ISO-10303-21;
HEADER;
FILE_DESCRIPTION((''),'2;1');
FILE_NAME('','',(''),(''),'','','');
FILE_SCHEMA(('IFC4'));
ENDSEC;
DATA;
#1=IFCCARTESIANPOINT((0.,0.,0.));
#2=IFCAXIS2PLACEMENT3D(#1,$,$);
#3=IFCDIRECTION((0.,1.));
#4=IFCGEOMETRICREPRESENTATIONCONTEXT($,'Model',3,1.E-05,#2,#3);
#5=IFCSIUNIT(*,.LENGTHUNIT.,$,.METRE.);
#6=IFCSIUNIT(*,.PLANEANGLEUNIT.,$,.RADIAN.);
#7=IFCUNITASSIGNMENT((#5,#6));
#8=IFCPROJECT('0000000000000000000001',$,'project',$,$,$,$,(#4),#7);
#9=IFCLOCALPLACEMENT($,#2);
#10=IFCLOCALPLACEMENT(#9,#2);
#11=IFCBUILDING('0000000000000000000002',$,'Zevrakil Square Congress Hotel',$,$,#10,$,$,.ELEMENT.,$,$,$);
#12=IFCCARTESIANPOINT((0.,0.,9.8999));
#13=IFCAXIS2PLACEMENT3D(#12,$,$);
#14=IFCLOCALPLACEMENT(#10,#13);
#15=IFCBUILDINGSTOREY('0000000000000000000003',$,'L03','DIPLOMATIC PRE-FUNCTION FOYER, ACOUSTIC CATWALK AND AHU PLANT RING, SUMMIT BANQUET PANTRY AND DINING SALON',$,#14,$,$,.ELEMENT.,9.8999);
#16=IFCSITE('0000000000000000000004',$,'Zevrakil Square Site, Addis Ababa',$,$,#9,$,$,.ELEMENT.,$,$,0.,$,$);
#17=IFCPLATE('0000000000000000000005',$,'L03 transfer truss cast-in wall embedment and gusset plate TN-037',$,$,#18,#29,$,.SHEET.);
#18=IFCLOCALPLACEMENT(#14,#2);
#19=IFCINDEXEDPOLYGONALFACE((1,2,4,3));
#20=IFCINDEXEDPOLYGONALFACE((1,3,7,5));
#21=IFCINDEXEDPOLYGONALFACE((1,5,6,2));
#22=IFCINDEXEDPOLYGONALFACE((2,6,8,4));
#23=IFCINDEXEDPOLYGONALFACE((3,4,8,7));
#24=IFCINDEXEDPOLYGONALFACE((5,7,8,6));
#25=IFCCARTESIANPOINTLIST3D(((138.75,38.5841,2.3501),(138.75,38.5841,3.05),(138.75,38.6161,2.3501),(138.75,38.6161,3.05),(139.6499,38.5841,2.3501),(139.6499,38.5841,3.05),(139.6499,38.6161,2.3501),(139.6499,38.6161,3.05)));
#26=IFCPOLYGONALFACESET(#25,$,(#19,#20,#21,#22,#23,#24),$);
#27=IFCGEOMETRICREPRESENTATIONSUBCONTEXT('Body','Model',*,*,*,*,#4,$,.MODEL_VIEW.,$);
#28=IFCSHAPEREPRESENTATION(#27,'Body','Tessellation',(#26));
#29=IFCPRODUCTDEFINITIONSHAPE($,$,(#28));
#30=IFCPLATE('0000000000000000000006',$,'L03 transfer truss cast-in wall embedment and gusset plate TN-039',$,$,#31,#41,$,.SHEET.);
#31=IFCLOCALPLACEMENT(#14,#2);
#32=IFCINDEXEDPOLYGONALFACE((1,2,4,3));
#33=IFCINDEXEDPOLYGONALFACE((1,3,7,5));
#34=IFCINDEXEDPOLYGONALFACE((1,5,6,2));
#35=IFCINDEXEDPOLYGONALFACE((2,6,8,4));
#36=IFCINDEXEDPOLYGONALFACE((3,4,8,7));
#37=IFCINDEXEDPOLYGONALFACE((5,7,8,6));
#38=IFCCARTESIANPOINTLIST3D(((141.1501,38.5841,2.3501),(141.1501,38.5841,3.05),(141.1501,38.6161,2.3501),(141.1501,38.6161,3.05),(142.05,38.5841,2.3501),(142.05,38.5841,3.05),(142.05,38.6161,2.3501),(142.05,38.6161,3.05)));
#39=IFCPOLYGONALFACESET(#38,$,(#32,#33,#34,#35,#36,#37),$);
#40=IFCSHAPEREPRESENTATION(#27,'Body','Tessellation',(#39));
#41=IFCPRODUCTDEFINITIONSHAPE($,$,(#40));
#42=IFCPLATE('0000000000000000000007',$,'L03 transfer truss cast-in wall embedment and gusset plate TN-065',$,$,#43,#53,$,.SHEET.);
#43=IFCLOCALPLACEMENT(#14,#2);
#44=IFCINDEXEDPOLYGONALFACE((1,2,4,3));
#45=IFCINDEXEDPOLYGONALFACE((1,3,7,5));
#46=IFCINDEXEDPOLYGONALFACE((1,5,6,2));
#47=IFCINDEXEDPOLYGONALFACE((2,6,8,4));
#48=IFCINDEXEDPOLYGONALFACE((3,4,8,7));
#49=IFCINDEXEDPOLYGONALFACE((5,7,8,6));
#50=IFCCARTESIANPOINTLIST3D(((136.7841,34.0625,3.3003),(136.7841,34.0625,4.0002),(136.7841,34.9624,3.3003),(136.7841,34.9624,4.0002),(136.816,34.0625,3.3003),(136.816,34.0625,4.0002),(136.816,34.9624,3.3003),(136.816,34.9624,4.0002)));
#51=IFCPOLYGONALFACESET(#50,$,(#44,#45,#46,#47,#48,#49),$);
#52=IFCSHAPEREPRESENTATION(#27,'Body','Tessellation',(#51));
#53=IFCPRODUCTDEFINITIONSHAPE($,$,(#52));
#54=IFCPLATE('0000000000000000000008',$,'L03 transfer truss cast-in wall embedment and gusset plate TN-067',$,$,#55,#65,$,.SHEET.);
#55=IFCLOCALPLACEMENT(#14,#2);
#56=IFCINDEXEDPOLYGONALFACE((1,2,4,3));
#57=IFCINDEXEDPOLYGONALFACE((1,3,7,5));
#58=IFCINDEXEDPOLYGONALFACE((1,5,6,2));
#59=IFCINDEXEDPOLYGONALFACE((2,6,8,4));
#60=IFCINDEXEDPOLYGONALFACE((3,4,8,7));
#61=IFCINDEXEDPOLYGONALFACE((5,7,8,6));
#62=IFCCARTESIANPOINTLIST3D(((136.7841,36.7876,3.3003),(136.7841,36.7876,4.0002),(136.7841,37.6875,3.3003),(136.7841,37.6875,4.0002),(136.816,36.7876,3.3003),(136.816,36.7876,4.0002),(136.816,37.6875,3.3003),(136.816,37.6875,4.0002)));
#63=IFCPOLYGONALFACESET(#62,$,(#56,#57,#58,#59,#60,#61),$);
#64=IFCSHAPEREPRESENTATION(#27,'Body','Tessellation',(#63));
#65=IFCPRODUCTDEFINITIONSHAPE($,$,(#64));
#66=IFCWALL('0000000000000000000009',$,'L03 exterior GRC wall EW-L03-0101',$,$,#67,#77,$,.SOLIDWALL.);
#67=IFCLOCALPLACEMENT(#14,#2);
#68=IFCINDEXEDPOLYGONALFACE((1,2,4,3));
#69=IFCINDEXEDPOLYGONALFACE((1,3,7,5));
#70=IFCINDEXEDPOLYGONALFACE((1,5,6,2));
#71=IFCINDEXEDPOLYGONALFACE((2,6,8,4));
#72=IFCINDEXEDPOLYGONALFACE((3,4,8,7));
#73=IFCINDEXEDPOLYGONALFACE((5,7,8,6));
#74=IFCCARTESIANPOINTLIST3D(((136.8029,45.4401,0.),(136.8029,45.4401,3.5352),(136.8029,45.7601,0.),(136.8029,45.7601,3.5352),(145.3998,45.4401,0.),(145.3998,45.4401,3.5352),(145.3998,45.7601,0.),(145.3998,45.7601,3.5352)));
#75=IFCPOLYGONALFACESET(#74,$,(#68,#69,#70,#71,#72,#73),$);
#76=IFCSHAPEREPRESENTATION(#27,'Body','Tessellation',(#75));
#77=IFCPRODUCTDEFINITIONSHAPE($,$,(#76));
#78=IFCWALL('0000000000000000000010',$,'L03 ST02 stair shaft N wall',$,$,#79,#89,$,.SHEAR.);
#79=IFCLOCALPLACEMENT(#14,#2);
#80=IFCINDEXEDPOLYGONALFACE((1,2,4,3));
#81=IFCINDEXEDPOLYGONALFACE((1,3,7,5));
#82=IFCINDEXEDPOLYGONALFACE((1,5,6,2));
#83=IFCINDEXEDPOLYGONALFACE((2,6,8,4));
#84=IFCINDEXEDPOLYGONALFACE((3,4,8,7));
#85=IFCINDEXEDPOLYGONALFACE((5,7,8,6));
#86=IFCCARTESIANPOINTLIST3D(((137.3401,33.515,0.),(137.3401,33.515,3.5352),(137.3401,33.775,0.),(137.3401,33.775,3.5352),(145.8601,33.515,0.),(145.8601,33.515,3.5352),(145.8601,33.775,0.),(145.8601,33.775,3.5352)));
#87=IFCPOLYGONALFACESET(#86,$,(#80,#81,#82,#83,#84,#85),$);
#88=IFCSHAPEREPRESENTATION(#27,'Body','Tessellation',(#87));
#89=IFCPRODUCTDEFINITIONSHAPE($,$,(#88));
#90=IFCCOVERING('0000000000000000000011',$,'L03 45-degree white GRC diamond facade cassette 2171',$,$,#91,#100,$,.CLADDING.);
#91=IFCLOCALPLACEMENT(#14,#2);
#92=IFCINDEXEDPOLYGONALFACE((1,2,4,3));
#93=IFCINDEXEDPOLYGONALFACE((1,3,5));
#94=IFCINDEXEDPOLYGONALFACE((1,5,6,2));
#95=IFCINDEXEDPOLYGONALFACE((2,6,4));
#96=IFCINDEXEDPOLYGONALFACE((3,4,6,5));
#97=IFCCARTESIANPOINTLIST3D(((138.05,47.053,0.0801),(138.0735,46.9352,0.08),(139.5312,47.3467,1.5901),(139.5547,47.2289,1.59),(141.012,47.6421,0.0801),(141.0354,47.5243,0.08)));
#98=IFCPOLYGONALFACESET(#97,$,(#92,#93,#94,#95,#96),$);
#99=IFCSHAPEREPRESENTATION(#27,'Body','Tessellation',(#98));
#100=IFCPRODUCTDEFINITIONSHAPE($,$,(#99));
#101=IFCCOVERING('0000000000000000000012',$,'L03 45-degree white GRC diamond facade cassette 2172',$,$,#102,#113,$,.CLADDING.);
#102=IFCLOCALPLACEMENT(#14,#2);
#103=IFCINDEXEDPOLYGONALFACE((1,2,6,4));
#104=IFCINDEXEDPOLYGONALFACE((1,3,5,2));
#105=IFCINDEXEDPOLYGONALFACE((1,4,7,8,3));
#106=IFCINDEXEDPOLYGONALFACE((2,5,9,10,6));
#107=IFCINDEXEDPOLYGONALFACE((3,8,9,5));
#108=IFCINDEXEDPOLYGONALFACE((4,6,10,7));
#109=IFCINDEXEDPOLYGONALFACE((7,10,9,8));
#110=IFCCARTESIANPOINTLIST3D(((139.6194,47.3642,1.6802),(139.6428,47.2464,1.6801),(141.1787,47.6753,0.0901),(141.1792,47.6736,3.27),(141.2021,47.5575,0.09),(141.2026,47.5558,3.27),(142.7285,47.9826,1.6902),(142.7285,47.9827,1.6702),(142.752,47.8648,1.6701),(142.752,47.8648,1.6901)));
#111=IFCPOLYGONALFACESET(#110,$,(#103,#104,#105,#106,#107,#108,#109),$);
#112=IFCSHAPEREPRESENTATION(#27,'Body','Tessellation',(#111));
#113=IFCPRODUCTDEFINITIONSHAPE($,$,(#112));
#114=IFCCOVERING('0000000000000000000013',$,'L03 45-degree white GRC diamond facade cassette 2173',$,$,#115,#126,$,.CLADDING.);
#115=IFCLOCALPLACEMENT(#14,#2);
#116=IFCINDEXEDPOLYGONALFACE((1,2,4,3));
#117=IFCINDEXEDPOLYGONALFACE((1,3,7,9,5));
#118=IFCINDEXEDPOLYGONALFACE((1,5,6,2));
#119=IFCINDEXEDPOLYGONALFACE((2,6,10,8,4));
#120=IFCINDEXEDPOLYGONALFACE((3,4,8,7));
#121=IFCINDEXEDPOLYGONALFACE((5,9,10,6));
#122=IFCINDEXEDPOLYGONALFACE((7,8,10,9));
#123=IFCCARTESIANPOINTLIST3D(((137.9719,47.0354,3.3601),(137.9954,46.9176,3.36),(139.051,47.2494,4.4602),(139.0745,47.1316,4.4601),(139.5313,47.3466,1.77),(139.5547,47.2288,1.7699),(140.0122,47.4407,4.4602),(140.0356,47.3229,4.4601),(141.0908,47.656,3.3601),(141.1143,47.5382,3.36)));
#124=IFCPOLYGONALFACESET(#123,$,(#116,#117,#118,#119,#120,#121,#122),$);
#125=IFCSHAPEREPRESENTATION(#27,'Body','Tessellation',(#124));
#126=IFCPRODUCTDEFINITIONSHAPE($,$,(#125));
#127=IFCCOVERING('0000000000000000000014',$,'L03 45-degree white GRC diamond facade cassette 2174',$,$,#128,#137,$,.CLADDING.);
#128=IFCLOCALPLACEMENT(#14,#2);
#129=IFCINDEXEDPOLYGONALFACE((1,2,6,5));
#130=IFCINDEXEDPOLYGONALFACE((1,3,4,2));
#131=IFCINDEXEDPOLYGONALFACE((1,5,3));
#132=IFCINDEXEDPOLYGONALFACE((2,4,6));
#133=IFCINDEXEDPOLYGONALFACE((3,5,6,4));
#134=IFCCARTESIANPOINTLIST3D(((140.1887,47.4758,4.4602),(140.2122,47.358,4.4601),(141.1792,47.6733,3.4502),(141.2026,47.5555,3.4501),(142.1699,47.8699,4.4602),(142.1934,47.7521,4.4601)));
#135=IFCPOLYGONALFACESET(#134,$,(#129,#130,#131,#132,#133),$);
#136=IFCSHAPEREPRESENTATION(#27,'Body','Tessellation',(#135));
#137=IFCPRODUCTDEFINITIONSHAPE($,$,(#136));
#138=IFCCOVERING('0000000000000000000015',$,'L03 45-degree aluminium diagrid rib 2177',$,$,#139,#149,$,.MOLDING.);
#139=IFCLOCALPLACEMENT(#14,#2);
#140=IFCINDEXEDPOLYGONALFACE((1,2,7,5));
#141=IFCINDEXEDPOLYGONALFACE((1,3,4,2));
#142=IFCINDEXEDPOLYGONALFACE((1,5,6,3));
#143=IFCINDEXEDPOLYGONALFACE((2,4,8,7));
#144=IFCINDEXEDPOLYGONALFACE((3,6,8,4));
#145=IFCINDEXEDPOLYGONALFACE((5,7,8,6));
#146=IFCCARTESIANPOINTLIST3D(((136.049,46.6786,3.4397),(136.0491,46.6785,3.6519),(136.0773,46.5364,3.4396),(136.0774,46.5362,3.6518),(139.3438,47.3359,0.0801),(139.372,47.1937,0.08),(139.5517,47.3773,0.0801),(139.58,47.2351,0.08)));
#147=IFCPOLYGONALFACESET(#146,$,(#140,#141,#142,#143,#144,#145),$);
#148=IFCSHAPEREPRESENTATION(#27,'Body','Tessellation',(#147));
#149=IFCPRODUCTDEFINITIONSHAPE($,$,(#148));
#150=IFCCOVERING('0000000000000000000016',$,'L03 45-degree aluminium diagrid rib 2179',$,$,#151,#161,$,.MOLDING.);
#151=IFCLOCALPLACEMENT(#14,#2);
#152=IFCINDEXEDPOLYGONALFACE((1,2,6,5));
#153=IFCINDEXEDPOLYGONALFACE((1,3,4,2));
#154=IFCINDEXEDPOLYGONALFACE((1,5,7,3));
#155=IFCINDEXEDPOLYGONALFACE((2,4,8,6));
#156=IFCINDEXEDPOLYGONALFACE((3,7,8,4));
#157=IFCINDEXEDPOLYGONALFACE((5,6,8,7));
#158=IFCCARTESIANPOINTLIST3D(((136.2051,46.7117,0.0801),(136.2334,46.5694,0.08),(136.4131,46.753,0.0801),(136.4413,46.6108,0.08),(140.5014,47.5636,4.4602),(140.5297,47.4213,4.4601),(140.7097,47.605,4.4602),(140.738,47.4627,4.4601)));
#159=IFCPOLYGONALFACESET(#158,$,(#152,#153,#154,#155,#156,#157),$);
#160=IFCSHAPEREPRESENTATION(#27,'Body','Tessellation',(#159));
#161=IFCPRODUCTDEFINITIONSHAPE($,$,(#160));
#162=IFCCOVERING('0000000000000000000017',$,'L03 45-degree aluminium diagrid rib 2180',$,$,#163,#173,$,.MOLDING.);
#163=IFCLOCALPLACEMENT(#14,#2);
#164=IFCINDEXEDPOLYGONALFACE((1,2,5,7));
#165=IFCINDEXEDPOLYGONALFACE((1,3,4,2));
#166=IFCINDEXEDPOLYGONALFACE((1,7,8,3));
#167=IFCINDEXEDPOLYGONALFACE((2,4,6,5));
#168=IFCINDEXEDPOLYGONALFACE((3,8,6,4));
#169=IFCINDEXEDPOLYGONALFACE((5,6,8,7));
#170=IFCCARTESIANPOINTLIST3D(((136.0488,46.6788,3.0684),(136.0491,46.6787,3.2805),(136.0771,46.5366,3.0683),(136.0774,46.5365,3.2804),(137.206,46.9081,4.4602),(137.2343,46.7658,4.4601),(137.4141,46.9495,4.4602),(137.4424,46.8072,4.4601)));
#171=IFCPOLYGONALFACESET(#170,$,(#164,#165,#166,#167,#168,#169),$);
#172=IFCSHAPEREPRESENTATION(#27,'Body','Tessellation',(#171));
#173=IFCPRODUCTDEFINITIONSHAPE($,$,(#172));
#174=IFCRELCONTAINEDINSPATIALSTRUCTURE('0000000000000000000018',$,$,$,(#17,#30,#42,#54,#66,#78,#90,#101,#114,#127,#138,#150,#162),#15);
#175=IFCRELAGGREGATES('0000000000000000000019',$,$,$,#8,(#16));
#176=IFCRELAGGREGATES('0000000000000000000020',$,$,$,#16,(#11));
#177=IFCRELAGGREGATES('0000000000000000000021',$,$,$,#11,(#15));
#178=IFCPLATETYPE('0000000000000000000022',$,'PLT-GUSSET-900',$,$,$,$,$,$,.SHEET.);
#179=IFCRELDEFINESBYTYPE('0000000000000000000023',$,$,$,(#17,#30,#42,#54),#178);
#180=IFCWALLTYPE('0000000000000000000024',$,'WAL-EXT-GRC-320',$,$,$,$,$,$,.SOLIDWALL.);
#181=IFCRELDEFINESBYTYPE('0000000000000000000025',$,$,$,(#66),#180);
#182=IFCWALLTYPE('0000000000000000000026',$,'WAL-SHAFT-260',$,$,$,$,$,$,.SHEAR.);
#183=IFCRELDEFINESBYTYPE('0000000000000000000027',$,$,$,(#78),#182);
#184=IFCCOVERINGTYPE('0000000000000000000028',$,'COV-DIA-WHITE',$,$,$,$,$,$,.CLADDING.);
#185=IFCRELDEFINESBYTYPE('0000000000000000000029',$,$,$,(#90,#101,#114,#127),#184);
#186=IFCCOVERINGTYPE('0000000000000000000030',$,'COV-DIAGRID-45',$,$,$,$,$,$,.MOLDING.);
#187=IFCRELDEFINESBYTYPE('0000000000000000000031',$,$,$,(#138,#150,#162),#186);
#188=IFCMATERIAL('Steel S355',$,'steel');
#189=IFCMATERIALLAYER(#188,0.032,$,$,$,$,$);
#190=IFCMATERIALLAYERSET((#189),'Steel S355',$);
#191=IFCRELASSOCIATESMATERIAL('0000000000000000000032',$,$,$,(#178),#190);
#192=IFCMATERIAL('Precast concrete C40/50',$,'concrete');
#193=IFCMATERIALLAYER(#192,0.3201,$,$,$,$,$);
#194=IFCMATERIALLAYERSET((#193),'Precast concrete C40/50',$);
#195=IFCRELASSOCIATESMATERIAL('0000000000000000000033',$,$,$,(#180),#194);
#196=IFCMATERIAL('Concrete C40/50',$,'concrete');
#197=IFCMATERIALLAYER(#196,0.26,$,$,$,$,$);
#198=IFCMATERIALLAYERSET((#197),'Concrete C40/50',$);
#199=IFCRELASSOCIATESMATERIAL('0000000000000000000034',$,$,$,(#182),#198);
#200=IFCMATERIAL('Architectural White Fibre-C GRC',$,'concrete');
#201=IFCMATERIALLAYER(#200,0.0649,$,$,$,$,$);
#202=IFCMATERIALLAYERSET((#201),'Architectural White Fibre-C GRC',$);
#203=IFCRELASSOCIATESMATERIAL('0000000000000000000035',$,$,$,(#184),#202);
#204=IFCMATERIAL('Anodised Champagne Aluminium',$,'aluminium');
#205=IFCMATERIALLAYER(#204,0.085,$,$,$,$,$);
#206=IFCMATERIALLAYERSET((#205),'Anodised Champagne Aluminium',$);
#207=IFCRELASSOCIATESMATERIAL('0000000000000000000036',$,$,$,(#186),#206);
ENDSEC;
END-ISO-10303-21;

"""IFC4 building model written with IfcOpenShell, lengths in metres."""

from ifc_helpers import new_model, si_unit, direction, frame, frame_2d, origin, origin_2d, place, context, subcontext, project, spatial, polyline, rectangle, outline, extrude, material, layer, layer_set, type_object, element, save


model = new_model("IFC4")

# Units and contexts
model_context = context("Model", 3, precision=1e-05, world=origin(), true_north=direction((0.0, 1.0)))
body_context = subcontext(model_context, "Body", "Model", "MODEL_VIEW")
ifc_project = project(units=[si_unit("LENGTHUNIT", "METRE"), si_unit("PLANEANGLEUNIT", "RADIAN")], contexts=[model_context])

# Site, building, storey
site_placement = place(None, origin())
site = spatial("IfcSite", under=ifc_project, at=site_placement, Name="Zevrakil Square Site, Addis Ababa", CompositionType="ELEMENT", RefElevation=0.0)
building_placement = place(site_placement, origin())
building = spatial("IfcBuilding", under=site, at=building_placement, Name="Zevrakil Square Congress Hotel", CompositionType="ELEMENT")
storey_placement = place(building_placement, frame((0.0, 0.0, 9.8999)))
storey = spatial("IfcBuildingStorey", under=building, at=storey_placement, Name="L03", Description="DIPLOMATIC PRE-FUNCTION FOYER, ACOUSTIC CATWALK AND AHU PLANT RING, SUMMIT BANQUET PANTRY AND DINING SALON", CompositionType="ELEMENT", Elevation=9.8999)

# Plates
ifc_material_1 = material(Name="Steel S355", Category="steel")
ifc_layer_1 = layer(ifc_material_1, 0.032)
ifc_layer_set_1 = layer_set([ifc_layer_1], Name="Steel S355")
plate_type_1 = type_object("IfcPlateType", Name="PLT-GUSSET-900", PredefinedType="SHEET", material=ifc_layer_set_1)
for number, where, z_axis, x_axis, name in (
    (1, (139.2, 38.6001, 2.3501), (0.0, 0.0, 1.0), (1.0, 0.0, 0.0), "L03 transfer truss cast-in wall embedment and gusset plate TN-037"),
    (2, (141.6001, 38.6001, 2.3501), (0.0, 0.0, 1.0), (1.0, 0.0, 0.0), "L03 transfer truss cast-in wall embedment and gusset plate TN-039"),
    (3, (136.8, 34.5125, 3.3003), (0.0, 0.0, 1.0), (0.0, 1.0, 0.0), "L03 transfer truss cast-in wall embedment and gusset plate TN-065"),
    (4, (136.8, 37.2375, 3.3003), (0.0, 0.0, 1.0), (0.0, 1.0, 0.0), "L03 transfer truss cast-in wall embedment and gusset plate TN-067"),
):
    element("IfcPlate", number, at=place(storey_placement, frame(where, z_axis=z_axis, x_axis=x_axis)), inside=storey, type_object=plate_type_1, Name=name, PredefinedType="SHEET", context=body_context, shape_type="SweptSolid", body=[
        extrude(rectangle(XDim=0.8999, YDim=0.032, at=origin_2d()), origin(), (0.0, 0.0, 1.0), 0.7),
    ])

# Walls
ifc_material_2 = material(Name="Precast concrete C40/50", Category="concrete")
ifc_layer_2 = layer(ifc_material_2, 0.3201)
ifc_layer_set_2 = layer_set([ifc_layer_2], Name="Precast concrete C40/50")
wall_type_1 = type_object("IfcWallType", Name="WAL-EXT-GRC-320", PredefinedType="SOLIDWALL", material=ifc_layer_set_2)
wall_1_placement = place(storey_placement, frame((136.803, 45.6001, 0.0), z_axis=(0.0, 0.0, 1.0), x_axis=(1.0, 0.0, 0.0)))
element("IfcWall", 5, at=wall_1_placement, inside=storey, type_object=wall_type_1, Name="L03 exterior GRC wall EW-L03-0101", PredefinedType="SOLIDWALL", context=body_context, shape_type="SweptSolid", body=[
    extrude(rectangle(XDim=8.5969, YDim=0.3201, at=frame_2d((4.2983, 0.0))), origin(), (0.0, 0.0, 1.0), 3.5352),
])
ifc_material_3 = material(Name="Concrete C40/50", Category="concrete")
ifc_layer_3 = layer(ifc_material_3, 0.26)
ifc_layer_set_3 = layer_set([ifc_layer_3], Name="Concrete C40/50")
wall_type_2 = type_object("IfcWallType", Name="WAL-SHAFT-260", PredefinedType="SHEAR", material=ifc_layer_set_3)
wall_2_placement = place(storey_placement, frame((137.3401, 33.645, 0.0), z_axis=(0.0, 0.0, 1.0), x_axis=(1.0, 0.0, 0.0)))
element("IfcWall", 6, at=wall_2_placement, inside=storey, type_object=wall_type_2, Name="L03 ST02 stair shaft N wall", PredefinedType="SHEAR", context=body_context, shape_type="SweptSolid", body=[
    extrude(rectangle(XDim=8.52, YDim=0.26, at=frame_2d((4.26, 0.0))), origin(), (0.0, 0.0, 1.0), 3.5352),
])

# Coverings
ifc_material_4 = material(Name="Architectural White Fibre-C GRC", Category="concrete")
ifc_layer_4 = layer(ifc_material_4, 0.0649)
ifc_layer_set_4 = layer_set([ifc_layer_4], Name="Architectural White Fibre-C GRC")
covering_type_1 = type_object("IfcCoveringType", Name="COV-DIA-WHITE", PredefinedType="CLADDING", material=ifc_layer_set_4)
covering_1_placement = place(storey_placement, frame((139.5312, 47.3467, 1.5901), z_axis=(-0.195074, 0.980788, 0.000587), x_axis=(-0.69361, -0.137533, -0.7071)))
element("IfcCovering", 7, at=covering_1_placement, inside=storey, type_object=covering_type_1, Name="L03 45-degree white GRC diamond facade cassette 2171", PredefinedType="CLADDING", context=body_context, shape_type="SweptSolid", body=[
    extrude(outline(polyline([(0.0, 0.0), (2.1355, 0.0), (0.0001, -2.1354), (0.0, 0.0)])), origin(), (0.0, 0.0, -1.0), 0.1201),
])
covering_2_placement = place(storey_placement, frame((141.1792, 47.6736, 3.27), z_axis=(-0.195079, 0.980787, 0.000555), x_axis=(-0.693673, -0.137572, -0.70703)))
element("IfcCovering", 8, at=covering_2_placement, inside=storey, type_object=covering_type_1, Name="L03 45-degree white GRC diamond facade cassette 2172", PredefinedType="CLADDING", context=body_context, shape_type="SweptSolid", body=[
    extrude(outline(polyline([(0.0, 0.0), (2.2486, 0.0), (2.2484, -2.2487), (0.0139, -2.2484), (-0.0003, -2.2342), (0.0, 0.0)])), origin(), (0.0, 0.0, -1.0), 0.1201),
])
covering_3_placement = place(storey_placement, frame((137.9719, 47.0354, 3.3601), z_axis=(-0.195146, 0.980774, 0.000603), x_axis=(0.69343, 0.138407, -0.707106)))
element("IfcCovering", 9, at=covering_3_placement, inside=storey, type_object=covering_type_1, Name="L03 45-degree white GRC diamond facade cassette 2173", PredefinedType="CLADDING", context=body_context, shape_type="SweptSolid", body=[
    extrude(outline(polyline([(0.0, 0.0), (2.2487, 0.0), (2.2486, -2.2486), (0.693, -2.2488), (0.0, -1.5558), (0.0, 0.0)])), origin(), (0.0, 0.0, -1.0), 0.1201),
])
covering_4_placement = place(storey_placement, frame((141.1792, 47.6733, 3.4502), z_axis=(-0.19507, 0.980789, 0.000498), x_axis=(0.693598, 0.137591, 0.7071)))
element("IfcCovering", 10, at=covering_4_placement, inside=storey, type_object=covering_type_1, Name="L03 45-degree white GRC diamond facade cassette 2174", PredefinedType="CLADDING", context=body_context, shape_type="SweptSolid", body=[
    extrude(outline(polyline([(0.0, 0.0), (1.4284, 0.0), (0.0, -1.4283), (0.0, 0.0)])), origin(), (0.0, 0.0, -1.0), 0.1201),
])
ifc_material_5 = material(Name="Anodised Champagne Aluminium", Category="aluminium")
ifc_layer_5 = layer(ifc_material_5, 0.085)
ifc_layer_set_5 = layer_set([ifc_layer_5], Name="Anodised Champagne Aluminium")
covering_type_2 = type_object("IfcCoveringType", Name="COV-DIAGRID-45", PredefinedType="MOLDING", material=ifc_layer_set_5)
covering_5_placement = place(storey_placement, frame((139.3438, 47.3359, 0.0801), z_axis=(-0.195114, 0.98078, 0.000559), x_axis=(0.980781, 0.195114, 0.0)))
element("IfcCovering", 11, at=covering_5_placement, inside=storey, type_object=covering_type_2, Name="L03 45-degree aluminium diagrid rib 2177", PredefinedType="MOLDING", context=body_context, shape_type="SweptSolid", body=[
    extrude(outline(polyline([(0.0, 0.0), (0.2121, 0.0), (-3.3596, -3.5718), (-3.3596, -3.3596), (0.0, 0.0)])), origin(), (0.0, 0.0, -1.0), 0.145),
])
covering_6_placement = place(storey_placement, frame((140.7097, 47.605, 4.4602), z_axis=(-0.19501, 0.980801, 0.000522), x_axis=(-0.980801, -0.19501, 0.0)))
element("IfcCovering", 12, at=covering_6_placement, inside=storey, type_object=covering_type_2, Name="L03 45-degree aluminium diagrid rib 2179", PredefinedType="MOLDING", context=body_context, shape_type="SweptSolid", body=[
    extrude(outline(polyline([(0.0, 0.0), (0.2123, 0.0), (4.5924, -4.3801), (4.3803, -4.3801), (0.0, 0.0)])), origin(), (0.0, 0.0, -1.0), 0.145),
])
covering_7_placement = place(storey_placement, frame((137.4141, 46.9495, 4.4602), z_axis=(-0.195174, 0.980768, 0.000734), x_axis=(-0.980769, -0.195174, 0.0)))
element("IfcCovering", 13, at=covering_7_placement, inside=storey, type_object=covering_type_2, Name="L03 45-degree aluminium diagrid rib 2180", PredefinedType="MOLDING", context=body_context, shape_type="SweptSolid", body=[
    extrude(outline(polyline([(0.0, 0.0), (0.2121, 0.0), (1.3916, -1.1797), (1.3918, -1.3918), (0.0, 0.0)])), origin(), (0.0, 0.0, -1.0), 0.145),
])

save(model, "model.ifc")
